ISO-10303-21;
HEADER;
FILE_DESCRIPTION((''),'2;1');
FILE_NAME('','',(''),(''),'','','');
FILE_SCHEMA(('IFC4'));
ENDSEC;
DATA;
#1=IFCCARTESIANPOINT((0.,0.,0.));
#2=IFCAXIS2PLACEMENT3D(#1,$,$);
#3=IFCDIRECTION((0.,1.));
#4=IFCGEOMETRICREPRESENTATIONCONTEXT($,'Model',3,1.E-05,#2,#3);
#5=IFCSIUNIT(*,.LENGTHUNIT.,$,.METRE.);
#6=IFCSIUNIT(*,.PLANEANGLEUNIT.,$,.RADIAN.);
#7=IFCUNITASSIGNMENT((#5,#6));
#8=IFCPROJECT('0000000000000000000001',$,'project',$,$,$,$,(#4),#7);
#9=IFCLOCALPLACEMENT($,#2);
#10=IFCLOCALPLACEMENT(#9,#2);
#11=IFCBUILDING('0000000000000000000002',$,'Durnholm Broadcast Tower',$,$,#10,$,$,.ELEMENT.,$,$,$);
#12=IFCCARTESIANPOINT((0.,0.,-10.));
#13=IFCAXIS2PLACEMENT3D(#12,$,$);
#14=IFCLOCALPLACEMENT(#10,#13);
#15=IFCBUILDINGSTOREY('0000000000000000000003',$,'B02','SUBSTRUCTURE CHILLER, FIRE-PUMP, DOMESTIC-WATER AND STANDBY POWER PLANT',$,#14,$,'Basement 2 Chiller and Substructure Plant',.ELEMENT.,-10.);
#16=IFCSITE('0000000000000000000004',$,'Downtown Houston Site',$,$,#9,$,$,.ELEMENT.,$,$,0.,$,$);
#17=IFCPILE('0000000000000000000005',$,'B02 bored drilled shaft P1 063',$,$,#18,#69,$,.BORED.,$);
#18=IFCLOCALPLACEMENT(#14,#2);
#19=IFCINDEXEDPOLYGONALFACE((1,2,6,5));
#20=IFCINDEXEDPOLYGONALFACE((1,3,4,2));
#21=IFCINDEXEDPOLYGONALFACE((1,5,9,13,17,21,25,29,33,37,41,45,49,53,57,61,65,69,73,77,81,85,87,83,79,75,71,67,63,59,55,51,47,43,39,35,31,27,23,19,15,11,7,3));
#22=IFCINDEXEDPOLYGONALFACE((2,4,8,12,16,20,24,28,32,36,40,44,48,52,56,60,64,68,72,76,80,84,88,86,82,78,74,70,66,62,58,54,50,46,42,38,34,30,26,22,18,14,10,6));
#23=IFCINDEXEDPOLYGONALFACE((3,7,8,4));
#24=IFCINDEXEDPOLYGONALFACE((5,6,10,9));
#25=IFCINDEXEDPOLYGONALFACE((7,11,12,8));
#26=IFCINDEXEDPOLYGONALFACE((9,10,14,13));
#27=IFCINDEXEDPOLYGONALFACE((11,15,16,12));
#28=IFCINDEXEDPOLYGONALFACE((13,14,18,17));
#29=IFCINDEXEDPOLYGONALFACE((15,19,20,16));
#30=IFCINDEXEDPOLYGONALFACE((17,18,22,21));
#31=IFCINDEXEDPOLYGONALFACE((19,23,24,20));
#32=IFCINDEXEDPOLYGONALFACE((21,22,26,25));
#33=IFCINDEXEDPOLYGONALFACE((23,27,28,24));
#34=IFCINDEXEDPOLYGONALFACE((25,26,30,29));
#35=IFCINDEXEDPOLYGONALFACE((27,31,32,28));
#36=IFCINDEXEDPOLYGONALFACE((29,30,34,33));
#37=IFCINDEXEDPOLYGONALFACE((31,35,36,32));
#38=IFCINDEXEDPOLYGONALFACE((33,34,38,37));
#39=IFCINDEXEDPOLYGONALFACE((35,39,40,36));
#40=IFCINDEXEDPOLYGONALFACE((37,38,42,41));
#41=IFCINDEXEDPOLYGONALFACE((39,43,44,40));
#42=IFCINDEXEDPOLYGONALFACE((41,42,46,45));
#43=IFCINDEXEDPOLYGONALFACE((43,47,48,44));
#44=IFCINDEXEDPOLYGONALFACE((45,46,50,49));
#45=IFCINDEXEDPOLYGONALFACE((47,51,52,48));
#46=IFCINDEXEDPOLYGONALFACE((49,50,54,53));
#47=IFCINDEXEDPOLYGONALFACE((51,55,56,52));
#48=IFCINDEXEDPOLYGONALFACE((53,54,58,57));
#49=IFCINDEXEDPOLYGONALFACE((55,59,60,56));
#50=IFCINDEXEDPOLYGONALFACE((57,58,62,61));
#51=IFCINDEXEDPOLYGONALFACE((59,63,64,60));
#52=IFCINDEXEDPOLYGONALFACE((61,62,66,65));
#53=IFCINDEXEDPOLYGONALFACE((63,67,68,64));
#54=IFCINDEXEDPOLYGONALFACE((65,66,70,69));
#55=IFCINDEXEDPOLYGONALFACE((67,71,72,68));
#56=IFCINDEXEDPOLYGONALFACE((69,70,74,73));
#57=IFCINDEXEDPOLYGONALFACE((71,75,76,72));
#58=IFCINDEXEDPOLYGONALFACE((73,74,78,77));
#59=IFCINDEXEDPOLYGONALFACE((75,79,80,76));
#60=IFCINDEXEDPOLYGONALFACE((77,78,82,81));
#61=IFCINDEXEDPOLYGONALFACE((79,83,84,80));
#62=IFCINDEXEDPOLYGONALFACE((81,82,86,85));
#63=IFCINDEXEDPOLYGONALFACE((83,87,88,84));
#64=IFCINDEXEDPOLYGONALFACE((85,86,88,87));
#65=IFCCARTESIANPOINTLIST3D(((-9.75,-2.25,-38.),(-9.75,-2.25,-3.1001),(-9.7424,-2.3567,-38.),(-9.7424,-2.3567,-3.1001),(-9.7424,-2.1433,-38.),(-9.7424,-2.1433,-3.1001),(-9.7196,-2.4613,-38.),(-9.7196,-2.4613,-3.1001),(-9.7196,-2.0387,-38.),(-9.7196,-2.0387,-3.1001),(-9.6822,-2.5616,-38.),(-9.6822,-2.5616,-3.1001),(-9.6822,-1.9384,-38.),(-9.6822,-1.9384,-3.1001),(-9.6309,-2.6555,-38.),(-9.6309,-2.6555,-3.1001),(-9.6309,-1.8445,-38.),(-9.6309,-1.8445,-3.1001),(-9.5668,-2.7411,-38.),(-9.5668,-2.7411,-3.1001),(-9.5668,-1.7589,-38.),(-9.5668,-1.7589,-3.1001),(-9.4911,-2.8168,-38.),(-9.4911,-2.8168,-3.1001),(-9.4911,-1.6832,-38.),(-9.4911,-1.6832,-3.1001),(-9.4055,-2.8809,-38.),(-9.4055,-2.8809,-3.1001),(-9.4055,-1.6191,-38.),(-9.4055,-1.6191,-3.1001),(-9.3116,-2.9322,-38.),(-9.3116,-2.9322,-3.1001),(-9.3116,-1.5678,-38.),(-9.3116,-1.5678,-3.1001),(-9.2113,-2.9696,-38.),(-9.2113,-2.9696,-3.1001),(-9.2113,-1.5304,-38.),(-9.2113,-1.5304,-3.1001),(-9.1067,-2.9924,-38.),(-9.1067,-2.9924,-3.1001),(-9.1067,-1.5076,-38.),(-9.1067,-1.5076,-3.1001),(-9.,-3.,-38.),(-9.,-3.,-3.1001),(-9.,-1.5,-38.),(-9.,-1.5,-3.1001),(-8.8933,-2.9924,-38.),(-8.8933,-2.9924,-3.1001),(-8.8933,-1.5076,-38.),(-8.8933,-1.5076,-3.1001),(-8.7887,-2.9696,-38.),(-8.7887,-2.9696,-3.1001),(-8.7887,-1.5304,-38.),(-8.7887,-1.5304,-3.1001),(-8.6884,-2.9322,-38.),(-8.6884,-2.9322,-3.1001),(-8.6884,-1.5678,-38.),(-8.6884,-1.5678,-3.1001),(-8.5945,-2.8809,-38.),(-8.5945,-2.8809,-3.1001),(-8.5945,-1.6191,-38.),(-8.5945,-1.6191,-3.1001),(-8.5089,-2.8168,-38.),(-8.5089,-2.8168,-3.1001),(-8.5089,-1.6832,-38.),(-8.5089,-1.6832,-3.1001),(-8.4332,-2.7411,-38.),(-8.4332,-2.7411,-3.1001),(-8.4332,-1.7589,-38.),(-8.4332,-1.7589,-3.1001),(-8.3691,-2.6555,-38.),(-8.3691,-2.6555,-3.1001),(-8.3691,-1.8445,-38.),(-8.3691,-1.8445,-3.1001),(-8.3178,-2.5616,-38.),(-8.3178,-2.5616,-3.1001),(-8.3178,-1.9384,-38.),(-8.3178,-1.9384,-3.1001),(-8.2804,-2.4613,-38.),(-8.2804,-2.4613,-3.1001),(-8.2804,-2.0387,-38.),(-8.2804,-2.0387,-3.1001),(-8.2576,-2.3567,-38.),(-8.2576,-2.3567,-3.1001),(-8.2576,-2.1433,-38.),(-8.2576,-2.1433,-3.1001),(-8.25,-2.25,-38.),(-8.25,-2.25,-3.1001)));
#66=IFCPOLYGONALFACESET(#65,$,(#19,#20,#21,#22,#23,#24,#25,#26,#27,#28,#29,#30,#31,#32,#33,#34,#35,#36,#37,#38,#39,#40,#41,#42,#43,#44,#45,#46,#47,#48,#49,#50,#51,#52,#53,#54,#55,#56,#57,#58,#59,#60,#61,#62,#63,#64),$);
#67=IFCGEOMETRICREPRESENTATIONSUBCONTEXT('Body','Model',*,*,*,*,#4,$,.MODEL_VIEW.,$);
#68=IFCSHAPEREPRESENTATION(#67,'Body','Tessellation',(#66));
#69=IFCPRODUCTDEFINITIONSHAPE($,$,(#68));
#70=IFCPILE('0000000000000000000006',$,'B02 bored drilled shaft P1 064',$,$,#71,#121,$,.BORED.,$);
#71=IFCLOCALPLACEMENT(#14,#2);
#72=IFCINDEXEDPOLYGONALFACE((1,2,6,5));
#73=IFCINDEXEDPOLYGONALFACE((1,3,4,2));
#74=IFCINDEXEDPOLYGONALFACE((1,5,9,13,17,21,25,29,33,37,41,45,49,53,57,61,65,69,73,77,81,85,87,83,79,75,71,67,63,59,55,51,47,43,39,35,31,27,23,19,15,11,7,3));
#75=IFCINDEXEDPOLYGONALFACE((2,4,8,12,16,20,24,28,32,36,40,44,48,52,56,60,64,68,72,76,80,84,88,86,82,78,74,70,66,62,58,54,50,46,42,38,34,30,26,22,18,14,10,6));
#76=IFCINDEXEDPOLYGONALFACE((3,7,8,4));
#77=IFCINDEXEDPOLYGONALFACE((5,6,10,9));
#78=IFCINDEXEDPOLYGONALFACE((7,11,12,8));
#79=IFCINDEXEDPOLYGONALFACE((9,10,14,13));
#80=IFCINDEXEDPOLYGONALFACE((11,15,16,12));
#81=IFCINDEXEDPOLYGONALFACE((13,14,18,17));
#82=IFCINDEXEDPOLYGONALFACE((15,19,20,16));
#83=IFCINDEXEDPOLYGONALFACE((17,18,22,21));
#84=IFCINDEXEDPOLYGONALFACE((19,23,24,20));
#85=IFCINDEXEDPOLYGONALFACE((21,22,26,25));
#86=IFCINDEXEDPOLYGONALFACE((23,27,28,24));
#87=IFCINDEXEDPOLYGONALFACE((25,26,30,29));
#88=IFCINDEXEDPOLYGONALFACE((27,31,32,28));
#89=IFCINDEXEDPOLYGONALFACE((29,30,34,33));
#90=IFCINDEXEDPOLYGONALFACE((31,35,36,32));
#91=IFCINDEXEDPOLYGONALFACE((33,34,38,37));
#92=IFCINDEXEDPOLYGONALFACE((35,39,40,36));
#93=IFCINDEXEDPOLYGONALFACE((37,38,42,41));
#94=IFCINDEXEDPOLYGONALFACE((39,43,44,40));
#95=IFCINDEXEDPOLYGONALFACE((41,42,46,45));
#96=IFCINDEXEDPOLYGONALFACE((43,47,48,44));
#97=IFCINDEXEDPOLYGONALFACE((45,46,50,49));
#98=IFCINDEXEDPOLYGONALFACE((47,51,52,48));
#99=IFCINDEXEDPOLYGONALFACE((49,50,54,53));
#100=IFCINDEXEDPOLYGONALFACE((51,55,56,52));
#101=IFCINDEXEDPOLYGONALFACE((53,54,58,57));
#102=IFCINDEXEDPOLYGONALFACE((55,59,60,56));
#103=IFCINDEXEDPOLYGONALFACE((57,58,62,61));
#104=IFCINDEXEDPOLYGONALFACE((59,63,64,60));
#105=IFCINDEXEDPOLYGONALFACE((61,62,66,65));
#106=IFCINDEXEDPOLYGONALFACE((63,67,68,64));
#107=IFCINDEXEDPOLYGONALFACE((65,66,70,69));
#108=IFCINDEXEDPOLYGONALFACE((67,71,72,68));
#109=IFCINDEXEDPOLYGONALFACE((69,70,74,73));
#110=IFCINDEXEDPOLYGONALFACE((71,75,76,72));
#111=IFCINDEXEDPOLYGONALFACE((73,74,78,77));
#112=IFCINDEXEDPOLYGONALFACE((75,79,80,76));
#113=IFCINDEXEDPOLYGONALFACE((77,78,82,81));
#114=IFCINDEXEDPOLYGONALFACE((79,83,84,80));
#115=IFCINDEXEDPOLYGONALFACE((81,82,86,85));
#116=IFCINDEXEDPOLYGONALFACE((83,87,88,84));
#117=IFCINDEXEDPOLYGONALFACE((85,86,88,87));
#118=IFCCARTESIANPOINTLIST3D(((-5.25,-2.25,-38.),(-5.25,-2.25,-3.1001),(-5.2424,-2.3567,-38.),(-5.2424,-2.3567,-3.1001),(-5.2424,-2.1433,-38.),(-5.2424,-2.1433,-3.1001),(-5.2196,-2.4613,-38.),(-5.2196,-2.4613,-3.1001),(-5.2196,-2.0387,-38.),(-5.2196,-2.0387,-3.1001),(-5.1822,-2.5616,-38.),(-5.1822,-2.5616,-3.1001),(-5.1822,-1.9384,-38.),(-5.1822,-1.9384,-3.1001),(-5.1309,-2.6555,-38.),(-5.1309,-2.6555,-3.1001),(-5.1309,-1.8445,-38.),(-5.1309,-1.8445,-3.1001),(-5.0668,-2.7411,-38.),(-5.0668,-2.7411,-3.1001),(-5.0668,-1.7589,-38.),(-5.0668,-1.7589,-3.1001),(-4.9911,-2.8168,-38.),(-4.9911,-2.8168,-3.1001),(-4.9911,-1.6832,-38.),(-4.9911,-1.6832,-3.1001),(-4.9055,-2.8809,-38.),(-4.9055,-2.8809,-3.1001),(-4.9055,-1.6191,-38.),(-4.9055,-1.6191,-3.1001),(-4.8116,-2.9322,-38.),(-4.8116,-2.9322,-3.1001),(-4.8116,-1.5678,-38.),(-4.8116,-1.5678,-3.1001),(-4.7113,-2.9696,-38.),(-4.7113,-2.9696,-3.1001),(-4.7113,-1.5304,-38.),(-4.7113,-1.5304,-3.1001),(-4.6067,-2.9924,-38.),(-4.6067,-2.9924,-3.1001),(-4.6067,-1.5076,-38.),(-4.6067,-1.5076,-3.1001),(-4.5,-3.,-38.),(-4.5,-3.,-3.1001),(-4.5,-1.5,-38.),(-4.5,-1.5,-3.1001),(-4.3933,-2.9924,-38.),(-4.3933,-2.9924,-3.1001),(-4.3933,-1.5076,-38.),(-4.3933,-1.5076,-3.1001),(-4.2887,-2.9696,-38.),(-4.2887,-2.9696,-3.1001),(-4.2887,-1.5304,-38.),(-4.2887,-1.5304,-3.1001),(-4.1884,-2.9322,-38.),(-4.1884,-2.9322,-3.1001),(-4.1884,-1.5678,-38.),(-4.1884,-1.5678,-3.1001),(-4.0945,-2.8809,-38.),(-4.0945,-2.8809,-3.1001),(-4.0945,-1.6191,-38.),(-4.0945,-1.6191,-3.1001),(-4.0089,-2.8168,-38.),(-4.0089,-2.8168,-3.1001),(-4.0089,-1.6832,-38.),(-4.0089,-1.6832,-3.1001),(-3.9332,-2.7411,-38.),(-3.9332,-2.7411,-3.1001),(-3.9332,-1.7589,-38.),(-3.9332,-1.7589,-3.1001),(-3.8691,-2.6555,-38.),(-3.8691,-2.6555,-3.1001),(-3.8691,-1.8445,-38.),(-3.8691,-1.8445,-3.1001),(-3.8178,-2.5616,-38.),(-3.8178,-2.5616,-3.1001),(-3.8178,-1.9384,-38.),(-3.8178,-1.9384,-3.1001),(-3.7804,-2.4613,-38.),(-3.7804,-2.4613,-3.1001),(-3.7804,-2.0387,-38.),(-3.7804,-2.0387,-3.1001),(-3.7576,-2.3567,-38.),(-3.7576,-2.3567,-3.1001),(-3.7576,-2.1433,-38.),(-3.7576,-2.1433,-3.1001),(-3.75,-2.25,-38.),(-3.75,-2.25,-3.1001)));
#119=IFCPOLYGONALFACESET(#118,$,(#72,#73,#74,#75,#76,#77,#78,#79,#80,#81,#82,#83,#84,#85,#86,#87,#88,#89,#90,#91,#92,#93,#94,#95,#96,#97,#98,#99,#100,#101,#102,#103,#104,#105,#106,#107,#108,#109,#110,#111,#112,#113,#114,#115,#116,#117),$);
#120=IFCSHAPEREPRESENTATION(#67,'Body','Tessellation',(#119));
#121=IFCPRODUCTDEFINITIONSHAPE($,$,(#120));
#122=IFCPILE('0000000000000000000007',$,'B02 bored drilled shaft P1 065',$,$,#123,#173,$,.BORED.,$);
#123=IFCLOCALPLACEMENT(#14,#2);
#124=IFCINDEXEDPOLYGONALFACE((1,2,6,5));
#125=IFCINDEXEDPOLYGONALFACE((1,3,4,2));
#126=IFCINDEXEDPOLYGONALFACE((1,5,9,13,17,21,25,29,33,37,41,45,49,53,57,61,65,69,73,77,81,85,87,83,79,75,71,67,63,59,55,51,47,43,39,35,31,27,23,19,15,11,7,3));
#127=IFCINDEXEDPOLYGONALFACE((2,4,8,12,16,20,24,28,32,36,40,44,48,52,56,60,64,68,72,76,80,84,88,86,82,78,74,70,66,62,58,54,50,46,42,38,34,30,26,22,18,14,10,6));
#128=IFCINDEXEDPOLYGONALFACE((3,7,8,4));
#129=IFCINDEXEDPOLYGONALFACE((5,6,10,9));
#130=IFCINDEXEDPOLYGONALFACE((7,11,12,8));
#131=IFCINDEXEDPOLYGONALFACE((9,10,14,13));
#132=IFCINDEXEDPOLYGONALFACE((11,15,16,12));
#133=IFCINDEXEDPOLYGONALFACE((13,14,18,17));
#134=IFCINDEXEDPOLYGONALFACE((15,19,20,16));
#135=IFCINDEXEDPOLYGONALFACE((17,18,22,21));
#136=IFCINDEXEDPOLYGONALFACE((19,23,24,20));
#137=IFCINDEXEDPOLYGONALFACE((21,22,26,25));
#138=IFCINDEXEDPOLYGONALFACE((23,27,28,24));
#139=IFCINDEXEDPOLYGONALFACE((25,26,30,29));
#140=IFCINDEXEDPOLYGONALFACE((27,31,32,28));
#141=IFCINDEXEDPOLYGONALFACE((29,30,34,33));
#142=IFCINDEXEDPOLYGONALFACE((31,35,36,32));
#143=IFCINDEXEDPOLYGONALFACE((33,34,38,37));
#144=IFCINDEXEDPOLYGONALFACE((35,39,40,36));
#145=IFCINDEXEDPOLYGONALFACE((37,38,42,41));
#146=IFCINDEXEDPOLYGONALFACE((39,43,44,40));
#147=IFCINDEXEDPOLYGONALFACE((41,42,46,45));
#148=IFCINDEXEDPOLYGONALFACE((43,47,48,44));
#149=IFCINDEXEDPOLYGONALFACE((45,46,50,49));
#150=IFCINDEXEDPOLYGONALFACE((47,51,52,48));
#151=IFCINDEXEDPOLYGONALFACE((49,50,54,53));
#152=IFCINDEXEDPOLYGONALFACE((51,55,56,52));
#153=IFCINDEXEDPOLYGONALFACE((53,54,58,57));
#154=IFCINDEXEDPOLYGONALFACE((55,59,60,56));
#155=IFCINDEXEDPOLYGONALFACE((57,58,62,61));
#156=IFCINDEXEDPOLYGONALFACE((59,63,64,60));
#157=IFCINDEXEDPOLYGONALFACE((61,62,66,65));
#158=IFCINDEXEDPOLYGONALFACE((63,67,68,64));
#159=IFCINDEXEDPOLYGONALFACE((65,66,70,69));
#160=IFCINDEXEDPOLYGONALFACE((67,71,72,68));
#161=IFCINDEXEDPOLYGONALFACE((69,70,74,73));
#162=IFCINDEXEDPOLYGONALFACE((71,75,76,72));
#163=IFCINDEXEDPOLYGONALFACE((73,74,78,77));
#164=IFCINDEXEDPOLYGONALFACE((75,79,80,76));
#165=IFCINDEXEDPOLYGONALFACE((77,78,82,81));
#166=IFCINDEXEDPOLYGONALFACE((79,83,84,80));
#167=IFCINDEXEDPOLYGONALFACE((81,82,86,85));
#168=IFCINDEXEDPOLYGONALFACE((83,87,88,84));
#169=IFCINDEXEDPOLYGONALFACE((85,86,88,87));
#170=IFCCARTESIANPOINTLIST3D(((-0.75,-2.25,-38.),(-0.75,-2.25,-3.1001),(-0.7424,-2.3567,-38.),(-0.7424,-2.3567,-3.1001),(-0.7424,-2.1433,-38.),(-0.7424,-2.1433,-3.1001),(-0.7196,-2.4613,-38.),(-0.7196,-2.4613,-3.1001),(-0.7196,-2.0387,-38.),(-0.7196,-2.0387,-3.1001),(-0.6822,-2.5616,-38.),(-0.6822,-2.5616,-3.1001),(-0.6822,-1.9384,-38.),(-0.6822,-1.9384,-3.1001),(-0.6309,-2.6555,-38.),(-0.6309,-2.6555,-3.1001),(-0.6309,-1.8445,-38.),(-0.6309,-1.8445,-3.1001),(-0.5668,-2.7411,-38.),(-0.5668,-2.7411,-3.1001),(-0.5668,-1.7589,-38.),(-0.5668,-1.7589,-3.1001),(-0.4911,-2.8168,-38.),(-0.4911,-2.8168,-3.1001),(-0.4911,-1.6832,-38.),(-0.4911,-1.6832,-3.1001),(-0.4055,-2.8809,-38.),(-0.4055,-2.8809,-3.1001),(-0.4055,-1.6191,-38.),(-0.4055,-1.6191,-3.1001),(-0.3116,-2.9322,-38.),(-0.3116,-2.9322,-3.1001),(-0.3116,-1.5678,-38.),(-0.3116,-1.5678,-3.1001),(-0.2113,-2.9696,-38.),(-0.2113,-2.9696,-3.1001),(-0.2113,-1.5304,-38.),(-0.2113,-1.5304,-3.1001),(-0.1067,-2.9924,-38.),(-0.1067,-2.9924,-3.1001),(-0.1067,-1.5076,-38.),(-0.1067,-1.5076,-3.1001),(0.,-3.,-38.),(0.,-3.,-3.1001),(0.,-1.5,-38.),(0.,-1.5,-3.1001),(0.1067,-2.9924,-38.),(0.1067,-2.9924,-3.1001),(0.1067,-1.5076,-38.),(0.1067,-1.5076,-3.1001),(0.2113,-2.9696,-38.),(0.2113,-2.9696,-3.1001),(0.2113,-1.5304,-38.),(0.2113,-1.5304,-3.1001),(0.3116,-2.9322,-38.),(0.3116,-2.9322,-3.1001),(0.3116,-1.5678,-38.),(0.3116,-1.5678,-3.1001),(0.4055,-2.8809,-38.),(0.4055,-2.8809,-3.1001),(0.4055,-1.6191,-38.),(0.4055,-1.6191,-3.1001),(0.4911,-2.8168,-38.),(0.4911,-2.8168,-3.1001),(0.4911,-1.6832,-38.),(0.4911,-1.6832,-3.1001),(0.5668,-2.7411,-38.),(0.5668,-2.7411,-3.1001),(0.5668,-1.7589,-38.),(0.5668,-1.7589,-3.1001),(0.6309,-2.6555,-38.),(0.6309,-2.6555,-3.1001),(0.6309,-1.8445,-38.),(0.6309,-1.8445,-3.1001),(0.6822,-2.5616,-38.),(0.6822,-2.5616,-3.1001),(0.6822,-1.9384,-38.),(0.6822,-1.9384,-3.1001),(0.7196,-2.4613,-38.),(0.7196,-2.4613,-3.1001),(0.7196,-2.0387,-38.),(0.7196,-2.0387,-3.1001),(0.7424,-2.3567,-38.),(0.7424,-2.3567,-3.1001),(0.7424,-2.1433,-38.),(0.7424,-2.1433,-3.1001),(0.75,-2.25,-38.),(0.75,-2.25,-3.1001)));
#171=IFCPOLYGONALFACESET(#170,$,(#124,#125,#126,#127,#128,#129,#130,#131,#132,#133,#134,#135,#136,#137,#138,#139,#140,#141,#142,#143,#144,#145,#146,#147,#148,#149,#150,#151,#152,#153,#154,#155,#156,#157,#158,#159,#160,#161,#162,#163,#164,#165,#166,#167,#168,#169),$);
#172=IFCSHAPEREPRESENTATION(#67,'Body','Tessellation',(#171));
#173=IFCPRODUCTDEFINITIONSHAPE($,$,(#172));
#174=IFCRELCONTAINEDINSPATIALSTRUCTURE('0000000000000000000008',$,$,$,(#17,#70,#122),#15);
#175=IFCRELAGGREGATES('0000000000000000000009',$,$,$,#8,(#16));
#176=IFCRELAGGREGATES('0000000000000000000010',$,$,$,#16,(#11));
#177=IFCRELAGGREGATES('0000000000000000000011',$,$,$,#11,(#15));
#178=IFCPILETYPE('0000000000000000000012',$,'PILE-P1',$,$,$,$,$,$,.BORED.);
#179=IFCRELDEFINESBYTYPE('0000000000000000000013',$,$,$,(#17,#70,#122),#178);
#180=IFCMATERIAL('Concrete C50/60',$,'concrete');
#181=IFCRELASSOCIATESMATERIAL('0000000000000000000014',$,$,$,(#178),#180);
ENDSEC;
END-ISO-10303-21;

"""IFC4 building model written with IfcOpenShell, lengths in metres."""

from ifc_helpers import new_model, si_unit, direction, frame, origin, origin_2d, place, context, subcontext, project, spatial, circle, extrude, source, transform, mapped, material, material_profile, profile_set, type_object, type_shapes, element, save


model = new_model("IFC4")

# Units and contexts
model_context = context("Model", 3, precision=1e-05, world=origin(), true_north=direction((0.0, 1.0)))
body_context = subcontext(model_context, "Body", "Model", "MODEL_VIEW")
ifc_project = project(units=[si_unit("LENGTHUNIT", "METRE"), si_unit("PLANEANGLEUNIT", "RADIAN")], contexts=[model_context])

# Site, building, storey
site_placement = place(None, origin())
site = spatial("IfcSite", under=ifc_project, at=site_placement, Name="Downtown Houston Site", CompositionType="ELEMENT", RefElevation=0.0)
building_placement = place(site_placement, origin())
building = spatial("IfcBuilding", under=site, at=building_placement, Name="Durnholm Broadcast Tower", CompositionType="ELEMENT")
storey_placement = place(building_placement, frame((0.0, 0.0, -10.0)))
storey = spatial("IfcBuildingStorey", under=building, at=storey_placement, Name="B02", Description="SUBSTRUCTURE CHILLER, FIRE-PUMP, DOMESTIC-WATER AND STANDBY POWER PLANT", LongName="Basement 2 Chiller and Substructure Plant", CompositionType="ELEMENT", Elevation=-10.0)

# Piles
ifc_material_1 = material(Name="Concrete C50/60", Category="concrete")
ifc_material_profile_1 = material_profile(ifc_material_1, circle(Radius=0.75, at=origin_2d()), Name="PILE1500")
ifc_profile_set_1 = profile_set([ifc_material_profile_1], Name="Concrete C50/60")
pile_type = type_object("IfcPileType", Name="PILE-P1", PredefinedType="BORED", material=ifc_profile_set_1)
shared_shape_1 = source(origin(), body_context, "Body", "SweptSolid", [
    extrude(circle(Radius=0.75, at=origin_2d()), origin(), (0.0, 0.0, 1.0), 34.8999),
])
type_shapes(pile_type, [shared_shape_1])
for number, where, z_axis, x_axis, name in (
    (1, (-9.0, -2.25, -3.1001), (0.0, 0.0, -1.0), (1.0, 0.0, 0.0), "B02 bored drilled shaft P1 063"),
    (2, (-4.5, -2.25, -3.1001), (0.0, 0.0, -1.0), (1.0, 0.0, 0.0), "B02 bored drilled shaft P1 064"),
    (3, (0.0, -2.25, -3.1001), (0.0, 0.0, -1.0), (1.0, 0.0, 0.0), "B02 bored drilled shaft P1 065"),
):
    element("IfcPile", number, at=place(storey_placement, frame(where, z_axis=z_axis, x_axis=x_axis)), inside=storey, type_object=pile_type, Name=name, PredefinedType="BORED", context=body_context, shape_type="MappedRepresentation", body=[
        mapped(shared_shape_1, transform((0.0, 0.0, 0.0), x_axis=(1.0, 0.0, 0.0), y_axis=(0.0, 1.0, 0.0), z_axis=(0.0, 0.0, 1.0), scale=1.0)),
    ])

save(model, "model.ifc")
